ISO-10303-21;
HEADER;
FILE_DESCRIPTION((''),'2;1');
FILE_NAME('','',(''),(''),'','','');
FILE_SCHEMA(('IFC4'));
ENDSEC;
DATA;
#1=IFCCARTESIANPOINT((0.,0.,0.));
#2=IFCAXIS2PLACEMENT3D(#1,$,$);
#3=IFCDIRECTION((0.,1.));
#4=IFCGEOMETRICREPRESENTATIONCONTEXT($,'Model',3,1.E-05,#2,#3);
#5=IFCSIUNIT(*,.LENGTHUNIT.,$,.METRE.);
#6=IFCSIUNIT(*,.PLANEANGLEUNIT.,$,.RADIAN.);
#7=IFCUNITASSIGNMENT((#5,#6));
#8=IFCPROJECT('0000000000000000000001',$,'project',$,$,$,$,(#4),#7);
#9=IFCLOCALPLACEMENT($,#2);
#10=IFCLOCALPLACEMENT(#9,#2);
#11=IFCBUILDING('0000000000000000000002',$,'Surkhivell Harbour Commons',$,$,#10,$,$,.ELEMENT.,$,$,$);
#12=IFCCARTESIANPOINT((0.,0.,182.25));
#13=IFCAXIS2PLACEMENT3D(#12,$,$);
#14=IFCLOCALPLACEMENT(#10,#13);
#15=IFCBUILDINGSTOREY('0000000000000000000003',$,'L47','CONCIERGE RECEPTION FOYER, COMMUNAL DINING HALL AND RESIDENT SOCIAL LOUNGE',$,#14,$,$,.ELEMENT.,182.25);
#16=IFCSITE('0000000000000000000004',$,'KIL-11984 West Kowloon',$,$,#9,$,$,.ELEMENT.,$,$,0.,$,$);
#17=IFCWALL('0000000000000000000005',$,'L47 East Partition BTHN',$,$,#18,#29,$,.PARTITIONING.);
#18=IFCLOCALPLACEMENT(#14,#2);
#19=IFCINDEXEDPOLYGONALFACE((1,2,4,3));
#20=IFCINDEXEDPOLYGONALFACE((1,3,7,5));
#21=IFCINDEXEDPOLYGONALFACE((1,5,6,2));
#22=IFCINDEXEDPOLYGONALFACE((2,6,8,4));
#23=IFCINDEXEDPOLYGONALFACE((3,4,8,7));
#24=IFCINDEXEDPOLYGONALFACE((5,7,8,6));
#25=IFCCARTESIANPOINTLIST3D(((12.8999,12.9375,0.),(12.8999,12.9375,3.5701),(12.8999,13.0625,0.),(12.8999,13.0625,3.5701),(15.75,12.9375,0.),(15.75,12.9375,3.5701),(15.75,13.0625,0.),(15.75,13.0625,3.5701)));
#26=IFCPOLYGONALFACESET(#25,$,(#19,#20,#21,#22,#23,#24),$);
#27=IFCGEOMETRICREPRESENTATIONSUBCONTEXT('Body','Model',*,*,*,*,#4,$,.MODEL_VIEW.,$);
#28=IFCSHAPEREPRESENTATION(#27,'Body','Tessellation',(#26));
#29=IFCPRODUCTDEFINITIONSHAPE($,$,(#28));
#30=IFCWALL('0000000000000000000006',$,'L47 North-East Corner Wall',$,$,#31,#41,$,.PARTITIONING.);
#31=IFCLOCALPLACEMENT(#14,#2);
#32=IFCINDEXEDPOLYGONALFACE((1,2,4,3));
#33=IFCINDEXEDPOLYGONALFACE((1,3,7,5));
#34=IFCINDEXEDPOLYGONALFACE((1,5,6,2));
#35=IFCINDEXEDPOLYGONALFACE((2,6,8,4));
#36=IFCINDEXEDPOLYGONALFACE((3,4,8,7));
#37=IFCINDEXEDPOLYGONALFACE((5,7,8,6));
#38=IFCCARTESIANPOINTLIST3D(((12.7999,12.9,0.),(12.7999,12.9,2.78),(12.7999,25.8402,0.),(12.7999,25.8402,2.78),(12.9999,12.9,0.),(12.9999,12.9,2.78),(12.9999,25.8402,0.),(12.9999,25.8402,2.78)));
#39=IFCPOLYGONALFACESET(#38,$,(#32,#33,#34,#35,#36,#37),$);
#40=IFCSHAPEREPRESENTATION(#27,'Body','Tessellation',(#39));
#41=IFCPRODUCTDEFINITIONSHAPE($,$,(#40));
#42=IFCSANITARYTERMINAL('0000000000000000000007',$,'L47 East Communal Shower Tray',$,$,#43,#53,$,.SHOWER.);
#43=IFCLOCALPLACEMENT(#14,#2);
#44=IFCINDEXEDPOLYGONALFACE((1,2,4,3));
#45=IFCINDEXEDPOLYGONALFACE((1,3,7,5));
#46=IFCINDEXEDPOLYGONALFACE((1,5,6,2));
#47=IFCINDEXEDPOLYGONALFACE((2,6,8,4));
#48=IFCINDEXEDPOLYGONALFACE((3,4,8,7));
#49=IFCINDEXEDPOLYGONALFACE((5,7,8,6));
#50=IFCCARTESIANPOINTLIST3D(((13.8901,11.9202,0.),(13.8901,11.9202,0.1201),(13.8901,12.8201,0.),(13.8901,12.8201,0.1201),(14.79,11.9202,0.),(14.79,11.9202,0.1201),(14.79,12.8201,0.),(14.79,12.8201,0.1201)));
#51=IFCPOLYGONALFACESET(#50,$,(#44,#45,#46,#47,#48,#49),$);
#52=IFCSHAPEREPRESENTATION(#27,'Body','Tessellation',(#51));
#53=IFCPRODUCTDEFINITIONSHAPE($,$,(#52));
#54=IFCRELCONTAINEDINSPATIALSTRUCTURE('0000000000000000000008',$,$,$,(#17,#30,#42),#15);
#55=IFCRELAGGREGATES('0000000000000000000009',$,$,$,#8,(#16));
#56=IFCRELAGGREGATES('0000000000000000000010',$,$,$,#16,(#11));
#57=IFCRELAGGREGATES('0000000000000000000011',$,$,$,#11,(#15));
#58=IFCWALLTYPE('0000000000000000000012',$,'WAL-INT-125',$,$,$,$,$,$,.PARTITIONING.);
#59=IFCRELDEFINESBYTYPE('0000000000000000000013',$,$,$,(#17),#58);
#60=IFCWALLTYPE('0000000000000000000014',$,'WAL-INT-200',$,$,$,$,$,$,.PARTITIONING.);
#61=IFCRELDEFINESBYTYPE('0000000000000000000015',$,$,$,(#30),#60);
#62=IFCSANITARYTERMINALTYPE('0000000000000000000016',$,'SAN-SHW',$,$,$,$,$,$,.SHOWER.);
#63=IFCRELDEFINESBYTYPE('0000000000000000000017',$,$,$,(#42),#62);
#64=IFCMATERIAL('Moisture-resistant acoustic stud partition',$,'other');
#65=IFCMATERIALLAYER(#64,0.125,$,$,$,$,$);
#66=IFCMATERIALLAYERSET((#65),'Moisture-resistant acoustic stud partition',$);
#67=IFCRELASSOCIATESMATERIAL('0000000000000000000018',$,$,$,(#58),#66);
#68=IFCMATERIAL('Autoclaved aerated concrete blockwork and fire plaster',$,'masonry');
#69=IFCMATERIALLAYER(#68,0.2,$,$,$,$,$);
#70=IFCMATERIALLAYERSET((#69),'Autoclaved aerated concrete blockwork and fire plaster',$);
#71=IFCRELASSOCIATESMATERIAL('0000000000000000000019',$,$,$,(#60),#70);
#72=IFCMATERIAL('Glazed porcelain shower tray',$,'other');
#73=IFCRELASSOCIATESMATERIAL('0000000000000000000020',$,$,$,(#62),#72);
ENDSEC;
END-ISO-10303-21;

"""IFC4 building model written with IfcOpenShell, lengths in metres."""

from ifc_helpers import new_model, si_unit, direction, frame, frame_2d, origin, origin_2d, place, context, subcontext, project, spatial, rectangle, extrude, material, layer, layer_set, type_object, element, save


model = new_model("IFC4")

# Units and contexts
model_context = context("Model", 3, precision=1e-05, world=origin(), true_north=direction((0.0, 1.0)))
body_context = subcontext(model_context, "Body", "Model", "MODEL_VIEW")
ifc_project = project(units=[si_unit("LENGTHUNIT", "METRE"), si_unit("PLANEANGLEUNIT", "RADIAN")], contexts=[model_context])

# Site, building, storey
site_placement = place(None, origin())
site = spatial("IfcSite", under=ifc_project, at=site_placement, Name="KIL-11984 West Kowloon", CompositionType="ELEMENT", RefElevation=0.0)
building_placement = place(site_placement, origin())
building = spatial("IfcBuilding", under=site, at=building_placement, Name="Surkhivell Harbour Commons", CompositionType="ELEMENT")
storey_placement = place(building_placement, frame((0.0, 0.0, 182.25)))
storey = spatial("IfcBuildingStorey", under=building, at=storey_placement, Name="L47", Description="CONCIERGE RECEPTION FOYER, COMMUNAL DINING HALL AND RESIDENT SOCIAL LOUNGE", CompositionType="ELEMENT", Elevation=182.25)

# Walls
ifc_material_1 = material(Name="Moisture-resistant acoustic stud partition", Category="other")
ifc_layer_1 = layer(ifc_material_1, 0.125)
ifc_layer_set_1 = layer_set([ifc_layer_1], Name="Moisture-resistant acoustic stud partition")
wall_type_1 = type_object("IfcWallType", Name="WAL-INT-125", PredefinedType="PARTITIONING", material=ifc_layer_set_1)
wall_1_placement = place(storey_placement, frame((12.8999, 13.0, 0.0), z_axis=(0.0, 0.0, 1.0), x_axis=(1.0, 0.0, 0.0)))
element("IfcWall", 1, at=wall_1_placement, inside=storey, type_object=wall_type_1, Name="L47 East Partition BTHN", PredefinedType="PARTITIONING", context=body_context, shape_type="SweptSolid", body=[
    extrude(rectangle(XDim=2.8501, YDim=0.125, at=frame_2d((1.425, 0.0))), origin(), (0.0, 0.0, 1.0), 3.5701),
])
ifc_material_2 = material(Name="Autoclaved aerated concrete blockwork and fire plaster", Category="masonry")
ifc_layer_2 = layer(ifc_material_2, 0.2)
ifc_layer_set_2 = layer_set([ifc_layer_2], Name="Autoclaved aerated concrete blockwork and fire plaster")
wall_type_2 = type_object("IfcWallType", Name="WAL-INT-200", PredefinedType="PARTITIONING", material=ifc_layer_set_2)
wall_2_placement = place(storey_placement, frame((12.8999, 12.8999, 0.0), z_axis=(0.0, 0.0, 1.0), x_axis=(0.0, 1.0, 0.0)))
element("IfcWall", 2, at=wall_2_placement, inside=storey, type_object=wall_type_2, Name="L47 North-East Corner Wall", PredefinedType="PARTITIONING", context=body_context, shape_type="SweptSolid", body=[
    extrude(rectangle(XDim=12.9402, YDim=0.2, at=frame_2d((6.4702, 0.0))), origin(), (0.0, 0.0, 1.0), 2.78),
])

# Sanitary terminal
ifc_material_3 = material(Name="Glazed porcelain shower tray", Category="other")
sanitary_terminal_type = type_object("IfcSanitaryTerminalType", Name="SAN-SHW", PredefinedType="SHOWER", material=ifc_material_3)
sanitary_terminal_placement = place(storey_placement, frame((14.3401, 12.3701, 0.0), z_axis=(0.0, 0.0, 1.0), x_axis=(1.0, 0.0, 0.0)))
element("IfcSanitaryTerminal", 3, at=sanitary_terminal_placement, inside=storey, type_object=sanitary_terminal_type, Name="L47 East Communal Shower Tray", PredefinedType="SHOWER", context=body_context, shape_type="SweptSolid", body=[
    extrude(rectangle(XDim=0.8999, YDim=0.8999, at=origin_2d()), origin(), (0.0, 0.0, 1.0), 0.1201),
])

save(model, "model.ifc")
